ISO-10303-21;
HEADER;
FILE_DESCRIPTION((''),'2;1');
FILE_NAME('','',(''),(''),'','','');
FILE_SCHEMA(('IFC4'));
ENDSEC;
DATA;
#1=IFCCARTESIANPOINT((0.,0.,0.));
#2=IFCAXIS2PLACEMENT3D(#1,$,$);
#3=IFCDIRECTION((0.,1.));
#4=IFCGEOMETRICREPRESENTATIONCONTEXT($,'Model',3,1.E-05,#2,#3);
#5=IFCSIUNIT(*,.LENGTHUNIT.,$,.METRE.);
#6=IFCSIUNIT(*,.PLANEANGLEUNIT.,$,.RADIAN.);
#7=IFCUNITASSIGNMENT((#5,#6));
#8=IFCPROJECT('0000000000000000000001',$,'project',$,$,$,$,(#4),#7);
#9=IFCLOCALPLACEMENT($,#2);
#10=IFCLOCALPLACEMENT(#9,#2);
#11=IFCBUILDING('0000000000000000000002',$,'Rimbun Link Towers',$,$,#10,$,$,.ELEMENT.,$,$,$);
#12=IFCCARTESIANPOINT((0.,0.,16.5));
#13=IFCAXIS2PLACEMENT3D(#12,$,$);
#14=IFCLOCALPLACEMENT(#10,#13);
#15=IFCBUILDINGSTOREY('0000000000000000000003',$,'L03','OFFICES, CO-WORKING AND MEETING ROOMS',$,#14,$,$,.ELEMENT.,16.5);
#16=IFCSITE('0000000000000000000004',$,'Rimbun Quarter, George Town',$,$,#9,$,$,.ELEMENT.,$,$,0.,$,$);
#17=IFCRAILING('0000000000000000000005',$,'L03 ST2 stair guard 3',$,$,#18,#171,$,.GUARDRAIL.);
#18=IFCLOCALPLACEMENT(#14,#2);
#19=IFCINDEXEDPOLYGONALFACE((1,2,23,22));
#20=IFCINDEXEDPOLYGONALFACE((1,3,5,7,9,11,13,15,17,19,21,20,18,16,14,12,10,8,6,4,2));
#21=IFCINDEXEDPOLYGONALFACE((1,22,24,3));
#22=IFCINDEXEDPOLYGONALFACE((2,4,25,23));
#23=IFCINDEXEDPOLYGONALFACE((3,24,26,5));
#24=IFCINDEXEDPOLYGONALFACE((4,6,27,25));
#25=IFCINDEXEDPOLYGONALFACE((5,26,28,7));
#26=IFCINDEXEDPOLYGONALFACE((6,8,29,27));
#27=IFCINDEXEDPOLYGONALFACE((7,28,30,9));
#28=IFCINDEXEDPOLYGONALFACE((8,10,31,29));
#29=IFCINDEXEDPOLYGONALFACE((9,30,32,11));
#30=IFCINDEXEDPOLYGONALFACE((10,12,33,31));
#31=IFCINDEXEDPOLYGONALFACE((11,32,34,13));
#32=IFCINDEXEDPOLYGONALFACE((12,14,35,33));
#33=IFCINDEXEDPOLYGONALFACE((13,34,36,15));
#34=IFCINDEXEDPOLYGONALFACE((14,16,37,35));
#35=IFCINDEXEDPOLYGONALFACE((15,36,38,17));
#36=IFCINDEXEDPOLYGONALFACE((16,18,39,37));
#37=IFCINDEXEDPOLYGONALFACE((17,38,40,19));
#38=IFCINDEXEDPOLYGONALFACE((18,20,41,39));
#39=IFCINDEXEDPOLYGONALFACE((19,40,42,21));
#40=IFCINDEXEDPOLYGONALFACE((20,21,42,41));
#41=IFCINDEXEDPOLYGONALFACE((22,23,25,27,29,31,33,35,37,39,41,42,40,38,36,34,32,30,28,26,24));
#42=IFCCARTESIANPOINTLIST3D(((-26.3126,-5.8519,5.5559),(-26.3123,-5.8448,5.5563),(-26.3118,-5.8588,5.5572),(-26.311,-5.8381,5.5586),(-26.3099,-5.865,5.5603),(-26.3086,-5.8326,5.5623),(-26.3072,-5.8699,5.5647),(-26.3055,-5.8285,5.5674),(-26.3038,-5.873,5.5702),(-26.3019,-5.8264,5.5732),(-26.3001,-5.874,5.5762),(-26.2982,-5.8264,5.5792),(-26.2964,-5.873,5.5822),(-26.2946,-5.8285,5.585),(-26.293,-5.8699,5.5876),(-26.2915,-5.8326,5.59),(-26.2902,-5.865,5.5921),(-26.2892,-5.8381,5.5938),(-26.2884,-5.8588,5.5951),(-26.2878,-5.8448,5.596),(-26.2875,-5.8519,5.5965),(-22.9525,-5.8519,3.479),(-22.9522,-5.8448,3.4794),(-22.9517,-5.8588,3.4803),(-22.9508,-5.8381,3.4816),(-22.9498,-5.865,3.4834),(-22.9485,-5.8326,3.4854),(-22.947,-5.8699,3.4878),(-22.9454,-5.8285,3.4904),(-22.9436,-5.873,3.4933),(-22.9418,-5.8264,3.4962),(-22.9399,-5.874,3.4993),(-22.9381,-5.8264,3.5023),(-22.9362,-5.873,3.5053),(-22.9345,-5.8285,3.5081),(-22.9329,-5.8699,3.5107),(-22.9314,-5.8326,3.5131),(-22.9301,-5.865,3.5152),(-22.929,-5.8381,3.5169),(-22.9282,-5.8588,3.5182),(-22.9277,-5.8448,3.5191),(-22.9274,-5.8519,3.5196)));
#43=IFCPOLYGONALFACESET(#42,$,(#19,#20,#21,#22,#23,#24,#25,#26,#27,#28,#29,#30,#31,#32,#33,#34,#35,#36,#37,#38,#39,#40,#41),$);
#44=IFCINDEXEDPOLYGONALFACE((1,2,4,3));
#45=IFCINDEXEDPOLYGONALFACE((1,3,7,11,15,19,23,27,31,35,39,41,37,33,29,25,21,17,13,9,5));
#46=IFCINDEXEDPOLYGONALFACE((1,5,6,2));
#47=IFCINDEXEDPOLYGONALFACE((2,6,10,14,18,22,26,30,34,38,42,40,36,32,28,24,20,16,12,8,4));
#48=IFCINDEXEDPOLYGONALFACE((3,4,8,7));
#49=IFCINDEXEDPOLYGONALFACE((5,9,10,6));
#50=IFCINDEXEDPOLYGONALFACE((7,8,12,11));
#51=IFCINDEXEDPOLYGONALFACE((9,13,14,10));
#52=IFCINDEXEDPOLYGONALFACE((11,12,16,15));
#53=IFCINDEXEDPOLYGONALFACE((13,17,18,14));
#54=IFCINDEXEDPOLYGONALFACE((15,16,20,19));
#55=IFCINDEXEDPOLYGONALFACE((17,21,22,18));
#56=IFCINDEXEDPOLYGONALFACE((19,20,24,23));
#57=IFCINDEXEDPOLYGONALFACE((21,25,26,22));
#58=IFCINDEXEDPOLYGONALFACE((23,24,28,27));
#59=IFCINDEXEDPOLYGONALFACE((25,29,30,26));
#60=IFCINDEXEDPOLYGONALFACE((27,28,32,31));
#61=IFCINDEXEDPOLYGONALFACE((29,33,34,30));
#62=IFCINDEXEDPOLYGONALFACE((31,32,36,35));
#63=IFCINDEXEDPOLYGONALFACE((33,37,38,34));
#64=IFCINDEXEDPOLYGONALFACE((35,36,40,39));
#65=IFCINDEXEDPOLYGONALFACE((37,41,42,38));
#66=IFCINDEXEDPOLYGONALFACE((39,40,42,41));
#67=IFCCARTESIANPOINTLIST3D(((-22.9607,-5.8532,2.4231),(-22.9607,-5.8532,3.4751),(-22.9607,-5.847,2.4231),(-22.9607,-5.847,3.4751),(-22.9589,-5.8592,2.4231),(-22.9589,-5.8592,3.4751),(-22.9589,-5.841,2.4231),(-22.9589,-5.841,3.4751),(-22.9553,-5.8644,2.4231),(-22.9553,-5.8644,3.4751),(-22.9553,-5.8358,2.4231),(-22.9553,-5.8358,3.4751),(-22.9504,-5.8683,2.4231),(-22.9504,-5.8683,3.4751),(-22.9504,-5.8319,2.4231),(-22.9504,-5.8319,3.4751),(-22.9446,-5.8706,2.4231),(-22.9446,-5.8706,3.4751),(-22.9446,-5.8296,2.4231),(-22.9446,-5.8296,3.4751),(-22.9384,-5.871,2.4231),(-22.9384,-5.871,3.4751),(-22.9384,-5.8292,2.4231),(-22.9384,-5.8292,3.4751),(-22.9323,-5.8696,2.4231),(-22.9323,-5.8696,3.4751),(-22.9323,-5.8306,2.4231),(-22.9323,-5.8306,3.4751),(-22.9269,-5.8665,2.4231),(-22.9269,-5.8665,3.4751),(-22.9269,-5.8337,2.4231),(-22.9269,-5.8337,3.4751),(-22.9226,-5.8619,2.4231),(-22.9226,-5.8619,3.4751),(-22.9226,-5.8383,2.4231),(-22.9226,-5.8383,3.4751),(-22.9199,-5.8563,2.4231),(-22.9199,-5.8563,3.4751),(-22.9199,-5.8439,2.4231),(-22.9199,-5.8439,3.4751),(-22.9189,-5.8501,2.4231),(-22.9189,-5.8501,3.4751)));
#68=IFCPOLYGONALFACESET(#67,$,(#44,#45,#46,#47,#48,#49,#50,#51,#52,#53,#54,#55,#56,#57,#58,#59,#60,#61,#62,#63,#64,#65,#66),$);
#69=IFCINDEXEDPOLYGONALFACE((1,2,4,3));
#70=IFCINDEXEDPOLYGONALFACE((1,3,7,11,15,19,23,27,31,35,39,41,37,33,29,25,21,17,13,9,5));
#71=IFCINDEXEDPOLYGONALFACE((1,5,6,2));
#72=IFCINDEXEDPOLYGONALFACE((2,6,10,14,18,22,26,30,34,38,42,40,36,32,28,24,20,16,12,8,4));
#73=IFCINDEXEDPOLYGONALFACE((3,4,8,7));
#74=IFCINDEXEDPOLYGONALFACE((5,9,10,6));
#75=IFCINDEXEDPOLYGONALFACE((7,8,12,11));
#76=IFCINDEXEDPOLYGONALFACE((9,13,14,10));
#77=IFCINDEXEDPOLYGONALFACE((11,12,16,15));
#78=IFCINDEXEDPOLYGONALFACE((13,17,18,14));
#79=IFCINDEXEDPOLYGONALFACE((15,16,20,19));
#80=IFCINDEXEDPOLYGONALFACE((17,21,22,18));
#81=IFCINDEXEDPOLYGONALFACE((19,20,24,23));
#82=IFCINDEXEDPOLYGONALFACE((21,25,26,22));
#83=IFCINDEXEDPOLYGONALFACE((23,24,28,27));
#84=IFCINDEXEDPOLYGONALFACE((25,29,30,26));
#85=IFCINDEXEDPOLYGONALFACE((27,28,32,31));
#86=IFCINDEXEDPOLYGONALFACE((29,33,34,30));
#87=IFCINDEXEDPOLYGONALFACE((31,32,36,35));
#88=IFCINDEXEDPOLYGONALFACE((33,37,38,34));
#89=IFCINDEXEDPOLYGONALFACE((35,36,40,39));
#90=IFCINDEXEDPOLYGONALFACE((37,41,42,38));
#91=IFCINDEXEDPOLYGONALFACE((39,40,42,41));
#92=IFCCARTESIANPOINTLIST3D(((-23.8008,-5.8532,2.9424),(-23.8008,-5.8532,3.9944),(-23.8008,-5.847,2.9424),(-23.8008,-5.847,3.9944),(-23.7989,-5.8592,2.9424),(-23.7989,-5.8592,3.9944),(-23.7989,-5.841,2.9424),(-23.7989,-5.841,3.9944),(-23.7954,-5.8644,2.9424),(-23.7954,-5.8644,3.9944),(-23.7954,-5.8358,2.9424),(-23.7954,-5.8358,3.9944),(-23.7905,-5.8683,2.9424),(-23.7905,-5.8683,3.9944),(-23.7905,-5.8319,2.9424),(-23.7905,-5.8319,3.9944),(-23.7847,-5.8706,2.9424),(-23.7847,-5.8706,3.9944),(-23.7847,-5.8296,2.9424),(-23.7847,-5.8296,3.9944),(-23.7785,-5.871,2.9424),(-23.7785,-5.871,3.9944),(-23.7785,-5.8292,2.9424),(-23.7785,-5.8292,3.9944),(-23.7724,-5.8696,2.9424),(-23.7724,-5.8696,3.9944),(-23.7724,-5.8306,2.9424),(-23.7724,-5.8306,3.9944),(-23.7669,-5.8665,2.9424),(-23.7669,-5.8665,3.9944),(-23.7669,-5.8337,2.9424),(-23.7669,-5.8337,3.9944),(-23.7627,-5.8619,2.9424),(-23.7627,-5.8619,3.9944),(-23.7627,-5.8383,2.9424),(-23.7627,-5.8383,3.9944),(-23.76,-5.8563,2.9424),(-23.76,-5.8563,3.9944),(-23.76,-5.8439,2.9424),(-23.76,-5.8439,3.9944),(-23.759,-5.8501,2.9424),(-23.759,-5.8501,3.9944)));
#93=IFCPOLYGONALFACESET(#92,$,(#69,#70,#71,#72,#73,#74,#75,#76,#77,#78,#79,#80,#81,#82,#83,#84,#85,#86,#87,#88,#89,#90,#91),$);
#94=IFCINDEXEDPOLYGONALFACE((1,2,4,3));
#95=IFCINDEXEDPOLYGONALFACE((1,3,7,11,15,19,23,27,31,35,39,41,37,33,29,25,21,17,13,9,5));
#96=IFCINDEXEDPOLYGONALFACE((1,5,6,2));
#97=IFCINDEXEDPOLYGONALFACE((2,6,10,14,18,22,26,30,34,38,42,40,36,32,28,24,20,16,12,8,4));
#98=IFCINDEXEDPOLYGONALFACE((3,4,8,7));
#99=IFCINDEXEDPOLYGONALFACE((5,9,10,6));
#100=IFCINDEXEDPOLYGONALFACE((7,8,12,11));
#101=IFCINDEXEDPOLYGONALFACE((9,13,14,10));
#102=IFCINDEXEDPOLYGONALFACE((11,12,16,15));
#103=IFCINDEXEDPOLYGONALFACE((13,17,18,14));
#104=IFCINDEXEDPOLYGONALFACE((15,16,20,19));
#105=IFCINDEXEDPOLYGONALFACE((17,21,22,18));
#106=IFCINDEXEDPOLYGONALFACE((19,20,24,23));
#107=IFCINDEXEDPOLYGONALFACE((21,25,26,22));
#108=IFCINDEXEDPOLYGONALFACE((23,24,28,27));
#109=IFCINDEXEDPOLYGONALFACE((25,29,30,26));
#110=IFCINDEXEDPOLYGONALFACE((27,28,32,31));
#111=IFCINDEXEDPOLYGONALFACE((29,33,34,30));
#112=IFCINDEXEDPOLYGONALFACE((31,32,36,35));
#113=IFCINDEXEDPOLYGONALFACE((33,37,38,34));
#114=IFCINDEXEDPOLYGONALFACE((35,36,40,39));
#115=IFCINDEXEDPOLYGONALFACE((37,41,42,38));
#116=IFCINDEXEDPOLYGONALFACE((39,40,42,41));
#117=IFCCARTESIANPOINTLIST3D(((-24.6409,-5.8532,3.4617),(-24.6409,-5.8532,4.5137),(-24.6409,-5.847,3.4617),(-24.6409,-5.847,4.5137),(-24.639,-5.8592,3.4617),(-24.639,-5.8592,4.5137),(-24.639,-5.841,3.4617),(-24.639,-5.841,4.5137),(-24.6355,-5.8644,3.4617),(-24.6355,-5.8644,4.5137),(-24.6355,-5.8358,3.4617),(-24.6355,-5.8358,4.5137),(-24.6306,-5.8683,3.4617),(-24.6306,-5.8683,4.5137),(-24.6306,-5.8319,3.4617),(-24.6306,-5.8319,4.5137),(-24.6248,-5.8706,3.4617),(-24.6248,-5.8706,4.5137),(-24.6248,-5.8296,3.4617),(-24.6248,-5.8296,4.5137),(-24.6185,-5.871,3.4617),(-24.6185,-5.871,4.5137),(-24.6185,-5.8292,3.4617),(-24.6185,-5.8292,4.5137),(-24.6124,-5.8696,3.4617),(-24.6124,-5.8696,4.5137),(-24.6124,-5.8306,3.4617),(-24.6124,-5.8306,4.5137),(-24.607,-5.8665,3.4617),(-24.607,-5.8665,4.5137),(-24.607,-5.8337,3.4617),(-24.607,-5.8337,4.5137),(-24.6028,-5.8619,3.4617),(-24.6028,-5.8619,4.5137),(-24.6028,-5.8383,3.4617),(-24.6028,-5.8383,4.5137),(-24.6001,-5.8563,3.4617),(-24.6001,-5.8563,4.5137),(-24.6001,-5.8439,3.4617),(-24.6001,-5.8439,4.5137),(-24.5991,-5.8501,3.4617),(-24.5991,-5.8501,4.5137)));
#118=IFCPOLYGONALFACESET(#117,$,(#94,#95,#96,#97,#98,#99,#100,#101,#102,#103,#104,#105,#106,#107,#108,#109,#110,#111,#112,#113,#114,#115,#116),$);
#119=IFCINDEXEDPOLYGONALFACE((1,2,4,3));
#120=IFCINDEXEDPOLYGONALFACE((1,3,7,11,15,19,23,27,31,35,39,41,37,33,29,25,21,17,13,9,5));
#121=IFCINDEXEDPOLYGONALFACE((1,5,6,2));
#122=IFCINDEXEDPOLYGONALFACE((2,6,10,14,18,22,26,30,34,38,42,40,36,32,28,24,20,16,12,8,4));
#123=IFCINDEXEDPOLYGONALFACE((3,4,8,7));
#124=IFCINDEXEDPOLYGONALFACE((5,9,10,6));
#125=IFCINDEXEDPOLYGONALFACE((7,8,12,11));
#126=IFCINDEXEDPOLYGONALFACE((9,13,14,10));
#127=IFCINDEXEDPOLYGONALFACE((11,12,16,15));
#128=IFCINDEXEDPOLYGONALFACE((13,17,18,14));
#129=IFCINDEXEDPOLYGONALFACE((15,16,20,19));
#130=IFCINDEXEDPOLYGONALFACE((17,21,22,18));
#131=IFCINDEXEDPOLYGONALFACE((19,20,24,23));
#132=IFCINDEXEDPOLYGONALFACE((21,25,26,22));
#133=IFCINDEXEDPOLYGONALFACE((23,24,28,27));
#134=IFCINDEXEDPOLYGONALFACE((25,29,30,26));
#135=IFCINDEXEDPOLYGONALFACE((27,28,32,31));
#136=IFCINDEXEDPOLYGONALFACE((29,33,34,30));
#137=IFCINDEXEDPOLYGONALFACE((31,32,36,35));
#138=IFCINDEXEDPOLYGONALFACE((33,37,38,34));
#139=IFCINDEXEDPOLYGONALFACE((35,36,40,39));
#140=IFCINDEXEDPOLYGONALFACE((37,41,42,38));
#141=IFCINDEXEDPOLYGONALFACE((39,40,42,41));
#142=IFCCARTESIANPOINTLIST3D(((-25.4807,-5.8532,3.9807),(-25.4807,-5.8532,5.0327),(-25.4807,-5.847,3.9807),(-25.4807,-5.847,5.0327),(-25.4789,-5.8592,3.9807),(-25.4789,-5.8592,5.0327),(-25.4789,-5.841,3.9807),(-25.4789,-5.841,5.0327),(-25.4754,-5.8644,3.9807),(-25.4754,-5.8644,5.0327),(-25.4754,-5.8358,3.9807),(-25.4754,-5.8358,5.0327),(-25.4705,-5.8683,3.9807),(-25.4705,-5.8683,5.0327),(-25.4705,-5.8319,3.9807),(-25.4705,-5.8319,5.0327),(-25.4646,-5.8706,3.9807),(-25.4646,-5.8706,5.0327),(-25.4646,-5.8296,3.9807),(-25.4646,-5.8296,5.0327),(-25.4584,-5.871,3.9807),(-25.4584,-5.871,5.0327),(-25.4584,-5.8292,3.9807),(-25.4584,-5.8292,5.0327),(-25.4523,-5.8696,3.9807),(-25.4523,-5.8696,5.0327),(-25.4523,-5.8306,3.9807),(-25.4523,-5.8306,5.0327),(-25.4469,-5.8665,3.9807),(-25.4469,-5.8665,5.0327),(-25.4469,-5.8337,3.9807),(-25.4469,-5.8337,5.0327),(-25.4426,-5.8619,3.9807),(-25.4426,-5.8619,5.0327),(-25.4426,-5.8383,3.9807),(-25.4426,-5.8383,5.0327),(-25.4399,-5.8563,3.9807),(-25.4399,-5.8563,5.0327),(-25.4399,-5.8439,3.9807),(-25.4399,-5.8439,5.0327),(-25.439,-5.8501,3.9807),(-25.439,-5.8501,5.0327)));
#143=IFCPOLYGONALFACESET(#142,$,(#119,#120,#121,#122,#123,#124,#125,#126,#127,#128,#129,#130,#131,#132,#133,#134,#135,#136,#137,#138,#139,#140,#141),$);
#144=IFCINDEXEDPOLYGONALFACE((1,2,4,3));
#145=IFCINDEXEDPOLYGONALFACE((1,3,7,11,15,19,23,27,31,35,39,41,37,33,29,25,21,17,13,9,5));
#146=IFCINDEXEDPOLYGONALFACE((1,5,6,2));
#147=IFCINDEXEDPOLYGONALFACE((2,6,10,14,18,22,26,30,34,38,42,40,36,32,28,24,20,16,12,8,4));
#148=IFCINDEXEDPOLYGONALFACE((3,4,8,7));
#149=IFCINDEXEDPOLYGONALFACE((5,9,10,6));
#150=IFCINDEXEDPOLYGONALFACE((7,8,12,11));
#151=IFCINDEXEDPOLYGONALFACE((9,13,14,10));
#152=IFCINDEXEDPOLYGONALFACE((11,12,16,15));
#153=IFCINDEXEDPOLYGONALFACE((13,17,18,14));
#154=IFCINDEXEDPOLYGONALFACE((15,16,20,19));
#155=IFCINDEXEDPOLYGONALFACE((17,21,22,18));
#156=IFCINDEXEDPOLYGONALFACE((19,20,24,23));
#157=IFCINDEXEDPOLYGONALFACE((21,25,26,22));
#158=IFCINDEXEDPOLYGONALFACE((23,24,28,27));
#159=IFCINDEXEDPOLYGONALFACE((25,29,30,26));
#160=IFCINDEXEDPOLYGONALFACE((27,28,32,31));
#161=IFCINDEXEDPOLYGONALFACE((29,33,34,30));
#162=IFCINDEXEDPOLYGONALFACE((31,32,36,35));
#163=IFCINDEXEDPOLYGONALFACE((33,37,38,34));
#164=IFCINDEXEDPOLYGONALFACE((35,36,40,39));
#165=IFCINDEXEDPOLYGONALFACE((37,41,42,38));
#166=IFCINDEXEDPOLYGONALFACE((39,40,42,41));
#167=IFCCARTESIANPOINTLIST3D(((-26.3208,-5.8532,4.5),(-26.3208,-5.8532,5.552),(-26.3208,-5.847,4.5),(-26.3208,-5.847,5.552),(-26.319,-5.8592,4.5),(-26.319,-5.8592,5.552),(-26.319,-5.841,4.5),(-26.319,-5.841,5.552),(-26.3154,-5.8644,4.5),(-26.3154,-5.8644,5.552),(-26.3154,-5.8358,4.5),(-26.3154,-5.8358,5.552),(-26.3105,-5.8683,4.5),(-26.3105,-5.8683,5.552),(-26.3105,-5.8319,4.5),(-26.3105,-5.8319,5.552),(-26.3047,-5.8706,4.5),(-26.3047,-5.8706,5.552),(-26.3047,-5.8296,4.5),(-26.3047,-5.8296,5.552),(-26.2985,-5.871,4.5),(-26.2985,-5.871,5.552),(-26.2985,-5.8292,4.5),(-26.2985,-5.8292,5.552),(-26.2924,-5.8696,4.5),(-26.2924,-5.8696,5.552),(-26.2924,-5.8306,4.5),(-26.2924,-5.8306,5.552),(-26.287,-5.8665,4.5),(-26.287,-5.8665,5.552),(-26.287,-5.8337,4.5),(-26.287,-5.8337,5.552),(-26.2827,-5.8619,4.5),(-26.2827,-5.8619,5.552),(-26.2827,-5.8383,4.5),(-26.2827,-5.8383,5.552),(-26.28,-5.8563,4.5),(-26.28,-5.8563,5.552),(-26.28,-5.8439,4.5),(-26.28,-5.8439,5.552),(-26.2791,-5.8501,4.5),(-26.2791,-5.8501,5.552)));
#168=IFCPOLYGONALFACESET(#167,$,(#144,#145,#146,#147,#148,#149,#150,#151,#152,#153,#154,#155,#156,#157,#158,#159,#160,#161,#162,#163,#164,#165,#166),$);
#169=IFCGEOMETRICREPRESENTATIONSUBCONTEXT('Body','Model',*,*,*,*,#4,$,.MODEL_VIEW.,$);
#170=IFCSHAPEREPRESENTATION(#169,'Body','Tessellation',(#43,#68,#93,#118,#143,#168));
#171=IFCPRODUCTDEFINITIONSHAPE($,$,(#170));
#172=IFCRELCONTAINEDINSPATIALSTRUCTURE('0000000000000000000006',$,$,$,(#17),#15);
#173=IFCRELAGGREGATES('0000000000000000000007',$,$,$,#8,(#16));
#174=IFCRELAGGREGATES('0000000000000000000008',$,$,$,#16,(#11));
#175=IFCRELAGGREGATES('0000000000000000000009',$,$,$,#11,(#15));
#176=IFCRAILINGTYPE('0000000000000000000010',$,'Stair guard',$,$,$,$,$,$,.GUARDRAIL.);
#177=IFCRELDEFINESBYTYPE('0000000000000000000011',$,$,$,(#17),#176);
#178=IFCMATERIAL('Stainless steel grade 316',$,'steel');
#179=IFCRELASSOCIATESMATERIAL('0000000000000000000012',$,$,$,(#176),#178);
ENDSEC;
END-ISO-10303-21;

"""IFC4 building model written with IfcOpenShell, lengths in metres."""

from ifc_helpers import new_model, si_unit, direction, frame, origin, origin_2d, place, context, subcontext, project, spatial, circle, extrude, material, type_object, element, save


model = new_model("IFC4")

# Units and contexts
model_context = context("Model", 3, precision=1e-05, world=origin(), true_north=direction((0.0, 1.0)))
body_context = subcontext(model_context, "Body", "Model", "MODEL_VIEW")
ifc_project = project(units=[si_unit("LENGTHUNIT", "METRE"), si_unit("PLANEANGLEUNIT", "RADIAN")], contexts=[model_context])

# Site, building, storey
site_placement = place(None, origin())
site = spatial("IfcSite", under=ifc_project, at=site_placement, Name="Rimbun Quarter, George Town", CompositionType="ELEMENT", RefElevation=0.0)
building_placement = place(site_placement, origin())
building = spatial("IfcBuilding", under=site, at=building_placement, Name="Rimbun Link Towers", CompositionType="ELEMENT")
storey_placement = place(building_placement, frame((0.0, 0.0, 16.5)))
storey = spatial("IfcBuildingStorey", under=building, at=storey_placement, Name="L03", Description="OFFICES, CO-WORKING AND MEETING ROOMS", CompositionType="ELEMENT", Elevation=16.5)

# Railing
ifc_material_1 = material(Name="Stainless steel grade 316", Category="steel")
railing_type_1 = type_object("IfcRailingType", Name="Stair guard", PredefinedType="GUARDRAIL", material=ifc_material_1)
railing_1_placement = place(storey_placement, frame((-22.9399, -5.8501, 2.4231)))
element("IfcRailing", 1, at=railing_1_placement, inside=storey, type_object=railing_type_1, Name="L03 ST2 stair guard 3", PredefinedType="GUARDRAIL", context=body_context, shape_type="SweptSolid", body=[
    extrude(circle(Radius=0.0239, at=origin_2d()), frame((0.0, 0.0, 1.0762), z_axis=(-0.850623, 0.0, 0.525776), x_axis=(0.0, -1.0, 0.0)), (0.0, 0.0, 1.0), 3.9502),
    extrude(circle(Radius=0.021, at=origin_2d()), origin(), (0.0, 0.0, 1.0), 1.052),
    extrude(circle(Radius=0.021, at=origin_2d()), frame((-0.8401, 0.0, 0.5193)), (0.0, 0.0, 1.0), 1.052),
    extrude(circle(Radius=0.021, at=origin_2d()), frame((-1.6802, 0.0, 1.0386)), (0.0, 0.0, 1.0), 1.052),
    extrude(circle(Radius=0.021, at=origin_2d()), frame((-2.52, 0.0, 1.5576)), (0.0, 0.0, 1.0), 1.052),
    extrude(circle(Radius=0.021, at=origin_2d()), frame((-3.3601, 0.0, 2.0769)), (0.0, 0.0, 1.0), 1.052),
])

save(model, "model.ifc")
